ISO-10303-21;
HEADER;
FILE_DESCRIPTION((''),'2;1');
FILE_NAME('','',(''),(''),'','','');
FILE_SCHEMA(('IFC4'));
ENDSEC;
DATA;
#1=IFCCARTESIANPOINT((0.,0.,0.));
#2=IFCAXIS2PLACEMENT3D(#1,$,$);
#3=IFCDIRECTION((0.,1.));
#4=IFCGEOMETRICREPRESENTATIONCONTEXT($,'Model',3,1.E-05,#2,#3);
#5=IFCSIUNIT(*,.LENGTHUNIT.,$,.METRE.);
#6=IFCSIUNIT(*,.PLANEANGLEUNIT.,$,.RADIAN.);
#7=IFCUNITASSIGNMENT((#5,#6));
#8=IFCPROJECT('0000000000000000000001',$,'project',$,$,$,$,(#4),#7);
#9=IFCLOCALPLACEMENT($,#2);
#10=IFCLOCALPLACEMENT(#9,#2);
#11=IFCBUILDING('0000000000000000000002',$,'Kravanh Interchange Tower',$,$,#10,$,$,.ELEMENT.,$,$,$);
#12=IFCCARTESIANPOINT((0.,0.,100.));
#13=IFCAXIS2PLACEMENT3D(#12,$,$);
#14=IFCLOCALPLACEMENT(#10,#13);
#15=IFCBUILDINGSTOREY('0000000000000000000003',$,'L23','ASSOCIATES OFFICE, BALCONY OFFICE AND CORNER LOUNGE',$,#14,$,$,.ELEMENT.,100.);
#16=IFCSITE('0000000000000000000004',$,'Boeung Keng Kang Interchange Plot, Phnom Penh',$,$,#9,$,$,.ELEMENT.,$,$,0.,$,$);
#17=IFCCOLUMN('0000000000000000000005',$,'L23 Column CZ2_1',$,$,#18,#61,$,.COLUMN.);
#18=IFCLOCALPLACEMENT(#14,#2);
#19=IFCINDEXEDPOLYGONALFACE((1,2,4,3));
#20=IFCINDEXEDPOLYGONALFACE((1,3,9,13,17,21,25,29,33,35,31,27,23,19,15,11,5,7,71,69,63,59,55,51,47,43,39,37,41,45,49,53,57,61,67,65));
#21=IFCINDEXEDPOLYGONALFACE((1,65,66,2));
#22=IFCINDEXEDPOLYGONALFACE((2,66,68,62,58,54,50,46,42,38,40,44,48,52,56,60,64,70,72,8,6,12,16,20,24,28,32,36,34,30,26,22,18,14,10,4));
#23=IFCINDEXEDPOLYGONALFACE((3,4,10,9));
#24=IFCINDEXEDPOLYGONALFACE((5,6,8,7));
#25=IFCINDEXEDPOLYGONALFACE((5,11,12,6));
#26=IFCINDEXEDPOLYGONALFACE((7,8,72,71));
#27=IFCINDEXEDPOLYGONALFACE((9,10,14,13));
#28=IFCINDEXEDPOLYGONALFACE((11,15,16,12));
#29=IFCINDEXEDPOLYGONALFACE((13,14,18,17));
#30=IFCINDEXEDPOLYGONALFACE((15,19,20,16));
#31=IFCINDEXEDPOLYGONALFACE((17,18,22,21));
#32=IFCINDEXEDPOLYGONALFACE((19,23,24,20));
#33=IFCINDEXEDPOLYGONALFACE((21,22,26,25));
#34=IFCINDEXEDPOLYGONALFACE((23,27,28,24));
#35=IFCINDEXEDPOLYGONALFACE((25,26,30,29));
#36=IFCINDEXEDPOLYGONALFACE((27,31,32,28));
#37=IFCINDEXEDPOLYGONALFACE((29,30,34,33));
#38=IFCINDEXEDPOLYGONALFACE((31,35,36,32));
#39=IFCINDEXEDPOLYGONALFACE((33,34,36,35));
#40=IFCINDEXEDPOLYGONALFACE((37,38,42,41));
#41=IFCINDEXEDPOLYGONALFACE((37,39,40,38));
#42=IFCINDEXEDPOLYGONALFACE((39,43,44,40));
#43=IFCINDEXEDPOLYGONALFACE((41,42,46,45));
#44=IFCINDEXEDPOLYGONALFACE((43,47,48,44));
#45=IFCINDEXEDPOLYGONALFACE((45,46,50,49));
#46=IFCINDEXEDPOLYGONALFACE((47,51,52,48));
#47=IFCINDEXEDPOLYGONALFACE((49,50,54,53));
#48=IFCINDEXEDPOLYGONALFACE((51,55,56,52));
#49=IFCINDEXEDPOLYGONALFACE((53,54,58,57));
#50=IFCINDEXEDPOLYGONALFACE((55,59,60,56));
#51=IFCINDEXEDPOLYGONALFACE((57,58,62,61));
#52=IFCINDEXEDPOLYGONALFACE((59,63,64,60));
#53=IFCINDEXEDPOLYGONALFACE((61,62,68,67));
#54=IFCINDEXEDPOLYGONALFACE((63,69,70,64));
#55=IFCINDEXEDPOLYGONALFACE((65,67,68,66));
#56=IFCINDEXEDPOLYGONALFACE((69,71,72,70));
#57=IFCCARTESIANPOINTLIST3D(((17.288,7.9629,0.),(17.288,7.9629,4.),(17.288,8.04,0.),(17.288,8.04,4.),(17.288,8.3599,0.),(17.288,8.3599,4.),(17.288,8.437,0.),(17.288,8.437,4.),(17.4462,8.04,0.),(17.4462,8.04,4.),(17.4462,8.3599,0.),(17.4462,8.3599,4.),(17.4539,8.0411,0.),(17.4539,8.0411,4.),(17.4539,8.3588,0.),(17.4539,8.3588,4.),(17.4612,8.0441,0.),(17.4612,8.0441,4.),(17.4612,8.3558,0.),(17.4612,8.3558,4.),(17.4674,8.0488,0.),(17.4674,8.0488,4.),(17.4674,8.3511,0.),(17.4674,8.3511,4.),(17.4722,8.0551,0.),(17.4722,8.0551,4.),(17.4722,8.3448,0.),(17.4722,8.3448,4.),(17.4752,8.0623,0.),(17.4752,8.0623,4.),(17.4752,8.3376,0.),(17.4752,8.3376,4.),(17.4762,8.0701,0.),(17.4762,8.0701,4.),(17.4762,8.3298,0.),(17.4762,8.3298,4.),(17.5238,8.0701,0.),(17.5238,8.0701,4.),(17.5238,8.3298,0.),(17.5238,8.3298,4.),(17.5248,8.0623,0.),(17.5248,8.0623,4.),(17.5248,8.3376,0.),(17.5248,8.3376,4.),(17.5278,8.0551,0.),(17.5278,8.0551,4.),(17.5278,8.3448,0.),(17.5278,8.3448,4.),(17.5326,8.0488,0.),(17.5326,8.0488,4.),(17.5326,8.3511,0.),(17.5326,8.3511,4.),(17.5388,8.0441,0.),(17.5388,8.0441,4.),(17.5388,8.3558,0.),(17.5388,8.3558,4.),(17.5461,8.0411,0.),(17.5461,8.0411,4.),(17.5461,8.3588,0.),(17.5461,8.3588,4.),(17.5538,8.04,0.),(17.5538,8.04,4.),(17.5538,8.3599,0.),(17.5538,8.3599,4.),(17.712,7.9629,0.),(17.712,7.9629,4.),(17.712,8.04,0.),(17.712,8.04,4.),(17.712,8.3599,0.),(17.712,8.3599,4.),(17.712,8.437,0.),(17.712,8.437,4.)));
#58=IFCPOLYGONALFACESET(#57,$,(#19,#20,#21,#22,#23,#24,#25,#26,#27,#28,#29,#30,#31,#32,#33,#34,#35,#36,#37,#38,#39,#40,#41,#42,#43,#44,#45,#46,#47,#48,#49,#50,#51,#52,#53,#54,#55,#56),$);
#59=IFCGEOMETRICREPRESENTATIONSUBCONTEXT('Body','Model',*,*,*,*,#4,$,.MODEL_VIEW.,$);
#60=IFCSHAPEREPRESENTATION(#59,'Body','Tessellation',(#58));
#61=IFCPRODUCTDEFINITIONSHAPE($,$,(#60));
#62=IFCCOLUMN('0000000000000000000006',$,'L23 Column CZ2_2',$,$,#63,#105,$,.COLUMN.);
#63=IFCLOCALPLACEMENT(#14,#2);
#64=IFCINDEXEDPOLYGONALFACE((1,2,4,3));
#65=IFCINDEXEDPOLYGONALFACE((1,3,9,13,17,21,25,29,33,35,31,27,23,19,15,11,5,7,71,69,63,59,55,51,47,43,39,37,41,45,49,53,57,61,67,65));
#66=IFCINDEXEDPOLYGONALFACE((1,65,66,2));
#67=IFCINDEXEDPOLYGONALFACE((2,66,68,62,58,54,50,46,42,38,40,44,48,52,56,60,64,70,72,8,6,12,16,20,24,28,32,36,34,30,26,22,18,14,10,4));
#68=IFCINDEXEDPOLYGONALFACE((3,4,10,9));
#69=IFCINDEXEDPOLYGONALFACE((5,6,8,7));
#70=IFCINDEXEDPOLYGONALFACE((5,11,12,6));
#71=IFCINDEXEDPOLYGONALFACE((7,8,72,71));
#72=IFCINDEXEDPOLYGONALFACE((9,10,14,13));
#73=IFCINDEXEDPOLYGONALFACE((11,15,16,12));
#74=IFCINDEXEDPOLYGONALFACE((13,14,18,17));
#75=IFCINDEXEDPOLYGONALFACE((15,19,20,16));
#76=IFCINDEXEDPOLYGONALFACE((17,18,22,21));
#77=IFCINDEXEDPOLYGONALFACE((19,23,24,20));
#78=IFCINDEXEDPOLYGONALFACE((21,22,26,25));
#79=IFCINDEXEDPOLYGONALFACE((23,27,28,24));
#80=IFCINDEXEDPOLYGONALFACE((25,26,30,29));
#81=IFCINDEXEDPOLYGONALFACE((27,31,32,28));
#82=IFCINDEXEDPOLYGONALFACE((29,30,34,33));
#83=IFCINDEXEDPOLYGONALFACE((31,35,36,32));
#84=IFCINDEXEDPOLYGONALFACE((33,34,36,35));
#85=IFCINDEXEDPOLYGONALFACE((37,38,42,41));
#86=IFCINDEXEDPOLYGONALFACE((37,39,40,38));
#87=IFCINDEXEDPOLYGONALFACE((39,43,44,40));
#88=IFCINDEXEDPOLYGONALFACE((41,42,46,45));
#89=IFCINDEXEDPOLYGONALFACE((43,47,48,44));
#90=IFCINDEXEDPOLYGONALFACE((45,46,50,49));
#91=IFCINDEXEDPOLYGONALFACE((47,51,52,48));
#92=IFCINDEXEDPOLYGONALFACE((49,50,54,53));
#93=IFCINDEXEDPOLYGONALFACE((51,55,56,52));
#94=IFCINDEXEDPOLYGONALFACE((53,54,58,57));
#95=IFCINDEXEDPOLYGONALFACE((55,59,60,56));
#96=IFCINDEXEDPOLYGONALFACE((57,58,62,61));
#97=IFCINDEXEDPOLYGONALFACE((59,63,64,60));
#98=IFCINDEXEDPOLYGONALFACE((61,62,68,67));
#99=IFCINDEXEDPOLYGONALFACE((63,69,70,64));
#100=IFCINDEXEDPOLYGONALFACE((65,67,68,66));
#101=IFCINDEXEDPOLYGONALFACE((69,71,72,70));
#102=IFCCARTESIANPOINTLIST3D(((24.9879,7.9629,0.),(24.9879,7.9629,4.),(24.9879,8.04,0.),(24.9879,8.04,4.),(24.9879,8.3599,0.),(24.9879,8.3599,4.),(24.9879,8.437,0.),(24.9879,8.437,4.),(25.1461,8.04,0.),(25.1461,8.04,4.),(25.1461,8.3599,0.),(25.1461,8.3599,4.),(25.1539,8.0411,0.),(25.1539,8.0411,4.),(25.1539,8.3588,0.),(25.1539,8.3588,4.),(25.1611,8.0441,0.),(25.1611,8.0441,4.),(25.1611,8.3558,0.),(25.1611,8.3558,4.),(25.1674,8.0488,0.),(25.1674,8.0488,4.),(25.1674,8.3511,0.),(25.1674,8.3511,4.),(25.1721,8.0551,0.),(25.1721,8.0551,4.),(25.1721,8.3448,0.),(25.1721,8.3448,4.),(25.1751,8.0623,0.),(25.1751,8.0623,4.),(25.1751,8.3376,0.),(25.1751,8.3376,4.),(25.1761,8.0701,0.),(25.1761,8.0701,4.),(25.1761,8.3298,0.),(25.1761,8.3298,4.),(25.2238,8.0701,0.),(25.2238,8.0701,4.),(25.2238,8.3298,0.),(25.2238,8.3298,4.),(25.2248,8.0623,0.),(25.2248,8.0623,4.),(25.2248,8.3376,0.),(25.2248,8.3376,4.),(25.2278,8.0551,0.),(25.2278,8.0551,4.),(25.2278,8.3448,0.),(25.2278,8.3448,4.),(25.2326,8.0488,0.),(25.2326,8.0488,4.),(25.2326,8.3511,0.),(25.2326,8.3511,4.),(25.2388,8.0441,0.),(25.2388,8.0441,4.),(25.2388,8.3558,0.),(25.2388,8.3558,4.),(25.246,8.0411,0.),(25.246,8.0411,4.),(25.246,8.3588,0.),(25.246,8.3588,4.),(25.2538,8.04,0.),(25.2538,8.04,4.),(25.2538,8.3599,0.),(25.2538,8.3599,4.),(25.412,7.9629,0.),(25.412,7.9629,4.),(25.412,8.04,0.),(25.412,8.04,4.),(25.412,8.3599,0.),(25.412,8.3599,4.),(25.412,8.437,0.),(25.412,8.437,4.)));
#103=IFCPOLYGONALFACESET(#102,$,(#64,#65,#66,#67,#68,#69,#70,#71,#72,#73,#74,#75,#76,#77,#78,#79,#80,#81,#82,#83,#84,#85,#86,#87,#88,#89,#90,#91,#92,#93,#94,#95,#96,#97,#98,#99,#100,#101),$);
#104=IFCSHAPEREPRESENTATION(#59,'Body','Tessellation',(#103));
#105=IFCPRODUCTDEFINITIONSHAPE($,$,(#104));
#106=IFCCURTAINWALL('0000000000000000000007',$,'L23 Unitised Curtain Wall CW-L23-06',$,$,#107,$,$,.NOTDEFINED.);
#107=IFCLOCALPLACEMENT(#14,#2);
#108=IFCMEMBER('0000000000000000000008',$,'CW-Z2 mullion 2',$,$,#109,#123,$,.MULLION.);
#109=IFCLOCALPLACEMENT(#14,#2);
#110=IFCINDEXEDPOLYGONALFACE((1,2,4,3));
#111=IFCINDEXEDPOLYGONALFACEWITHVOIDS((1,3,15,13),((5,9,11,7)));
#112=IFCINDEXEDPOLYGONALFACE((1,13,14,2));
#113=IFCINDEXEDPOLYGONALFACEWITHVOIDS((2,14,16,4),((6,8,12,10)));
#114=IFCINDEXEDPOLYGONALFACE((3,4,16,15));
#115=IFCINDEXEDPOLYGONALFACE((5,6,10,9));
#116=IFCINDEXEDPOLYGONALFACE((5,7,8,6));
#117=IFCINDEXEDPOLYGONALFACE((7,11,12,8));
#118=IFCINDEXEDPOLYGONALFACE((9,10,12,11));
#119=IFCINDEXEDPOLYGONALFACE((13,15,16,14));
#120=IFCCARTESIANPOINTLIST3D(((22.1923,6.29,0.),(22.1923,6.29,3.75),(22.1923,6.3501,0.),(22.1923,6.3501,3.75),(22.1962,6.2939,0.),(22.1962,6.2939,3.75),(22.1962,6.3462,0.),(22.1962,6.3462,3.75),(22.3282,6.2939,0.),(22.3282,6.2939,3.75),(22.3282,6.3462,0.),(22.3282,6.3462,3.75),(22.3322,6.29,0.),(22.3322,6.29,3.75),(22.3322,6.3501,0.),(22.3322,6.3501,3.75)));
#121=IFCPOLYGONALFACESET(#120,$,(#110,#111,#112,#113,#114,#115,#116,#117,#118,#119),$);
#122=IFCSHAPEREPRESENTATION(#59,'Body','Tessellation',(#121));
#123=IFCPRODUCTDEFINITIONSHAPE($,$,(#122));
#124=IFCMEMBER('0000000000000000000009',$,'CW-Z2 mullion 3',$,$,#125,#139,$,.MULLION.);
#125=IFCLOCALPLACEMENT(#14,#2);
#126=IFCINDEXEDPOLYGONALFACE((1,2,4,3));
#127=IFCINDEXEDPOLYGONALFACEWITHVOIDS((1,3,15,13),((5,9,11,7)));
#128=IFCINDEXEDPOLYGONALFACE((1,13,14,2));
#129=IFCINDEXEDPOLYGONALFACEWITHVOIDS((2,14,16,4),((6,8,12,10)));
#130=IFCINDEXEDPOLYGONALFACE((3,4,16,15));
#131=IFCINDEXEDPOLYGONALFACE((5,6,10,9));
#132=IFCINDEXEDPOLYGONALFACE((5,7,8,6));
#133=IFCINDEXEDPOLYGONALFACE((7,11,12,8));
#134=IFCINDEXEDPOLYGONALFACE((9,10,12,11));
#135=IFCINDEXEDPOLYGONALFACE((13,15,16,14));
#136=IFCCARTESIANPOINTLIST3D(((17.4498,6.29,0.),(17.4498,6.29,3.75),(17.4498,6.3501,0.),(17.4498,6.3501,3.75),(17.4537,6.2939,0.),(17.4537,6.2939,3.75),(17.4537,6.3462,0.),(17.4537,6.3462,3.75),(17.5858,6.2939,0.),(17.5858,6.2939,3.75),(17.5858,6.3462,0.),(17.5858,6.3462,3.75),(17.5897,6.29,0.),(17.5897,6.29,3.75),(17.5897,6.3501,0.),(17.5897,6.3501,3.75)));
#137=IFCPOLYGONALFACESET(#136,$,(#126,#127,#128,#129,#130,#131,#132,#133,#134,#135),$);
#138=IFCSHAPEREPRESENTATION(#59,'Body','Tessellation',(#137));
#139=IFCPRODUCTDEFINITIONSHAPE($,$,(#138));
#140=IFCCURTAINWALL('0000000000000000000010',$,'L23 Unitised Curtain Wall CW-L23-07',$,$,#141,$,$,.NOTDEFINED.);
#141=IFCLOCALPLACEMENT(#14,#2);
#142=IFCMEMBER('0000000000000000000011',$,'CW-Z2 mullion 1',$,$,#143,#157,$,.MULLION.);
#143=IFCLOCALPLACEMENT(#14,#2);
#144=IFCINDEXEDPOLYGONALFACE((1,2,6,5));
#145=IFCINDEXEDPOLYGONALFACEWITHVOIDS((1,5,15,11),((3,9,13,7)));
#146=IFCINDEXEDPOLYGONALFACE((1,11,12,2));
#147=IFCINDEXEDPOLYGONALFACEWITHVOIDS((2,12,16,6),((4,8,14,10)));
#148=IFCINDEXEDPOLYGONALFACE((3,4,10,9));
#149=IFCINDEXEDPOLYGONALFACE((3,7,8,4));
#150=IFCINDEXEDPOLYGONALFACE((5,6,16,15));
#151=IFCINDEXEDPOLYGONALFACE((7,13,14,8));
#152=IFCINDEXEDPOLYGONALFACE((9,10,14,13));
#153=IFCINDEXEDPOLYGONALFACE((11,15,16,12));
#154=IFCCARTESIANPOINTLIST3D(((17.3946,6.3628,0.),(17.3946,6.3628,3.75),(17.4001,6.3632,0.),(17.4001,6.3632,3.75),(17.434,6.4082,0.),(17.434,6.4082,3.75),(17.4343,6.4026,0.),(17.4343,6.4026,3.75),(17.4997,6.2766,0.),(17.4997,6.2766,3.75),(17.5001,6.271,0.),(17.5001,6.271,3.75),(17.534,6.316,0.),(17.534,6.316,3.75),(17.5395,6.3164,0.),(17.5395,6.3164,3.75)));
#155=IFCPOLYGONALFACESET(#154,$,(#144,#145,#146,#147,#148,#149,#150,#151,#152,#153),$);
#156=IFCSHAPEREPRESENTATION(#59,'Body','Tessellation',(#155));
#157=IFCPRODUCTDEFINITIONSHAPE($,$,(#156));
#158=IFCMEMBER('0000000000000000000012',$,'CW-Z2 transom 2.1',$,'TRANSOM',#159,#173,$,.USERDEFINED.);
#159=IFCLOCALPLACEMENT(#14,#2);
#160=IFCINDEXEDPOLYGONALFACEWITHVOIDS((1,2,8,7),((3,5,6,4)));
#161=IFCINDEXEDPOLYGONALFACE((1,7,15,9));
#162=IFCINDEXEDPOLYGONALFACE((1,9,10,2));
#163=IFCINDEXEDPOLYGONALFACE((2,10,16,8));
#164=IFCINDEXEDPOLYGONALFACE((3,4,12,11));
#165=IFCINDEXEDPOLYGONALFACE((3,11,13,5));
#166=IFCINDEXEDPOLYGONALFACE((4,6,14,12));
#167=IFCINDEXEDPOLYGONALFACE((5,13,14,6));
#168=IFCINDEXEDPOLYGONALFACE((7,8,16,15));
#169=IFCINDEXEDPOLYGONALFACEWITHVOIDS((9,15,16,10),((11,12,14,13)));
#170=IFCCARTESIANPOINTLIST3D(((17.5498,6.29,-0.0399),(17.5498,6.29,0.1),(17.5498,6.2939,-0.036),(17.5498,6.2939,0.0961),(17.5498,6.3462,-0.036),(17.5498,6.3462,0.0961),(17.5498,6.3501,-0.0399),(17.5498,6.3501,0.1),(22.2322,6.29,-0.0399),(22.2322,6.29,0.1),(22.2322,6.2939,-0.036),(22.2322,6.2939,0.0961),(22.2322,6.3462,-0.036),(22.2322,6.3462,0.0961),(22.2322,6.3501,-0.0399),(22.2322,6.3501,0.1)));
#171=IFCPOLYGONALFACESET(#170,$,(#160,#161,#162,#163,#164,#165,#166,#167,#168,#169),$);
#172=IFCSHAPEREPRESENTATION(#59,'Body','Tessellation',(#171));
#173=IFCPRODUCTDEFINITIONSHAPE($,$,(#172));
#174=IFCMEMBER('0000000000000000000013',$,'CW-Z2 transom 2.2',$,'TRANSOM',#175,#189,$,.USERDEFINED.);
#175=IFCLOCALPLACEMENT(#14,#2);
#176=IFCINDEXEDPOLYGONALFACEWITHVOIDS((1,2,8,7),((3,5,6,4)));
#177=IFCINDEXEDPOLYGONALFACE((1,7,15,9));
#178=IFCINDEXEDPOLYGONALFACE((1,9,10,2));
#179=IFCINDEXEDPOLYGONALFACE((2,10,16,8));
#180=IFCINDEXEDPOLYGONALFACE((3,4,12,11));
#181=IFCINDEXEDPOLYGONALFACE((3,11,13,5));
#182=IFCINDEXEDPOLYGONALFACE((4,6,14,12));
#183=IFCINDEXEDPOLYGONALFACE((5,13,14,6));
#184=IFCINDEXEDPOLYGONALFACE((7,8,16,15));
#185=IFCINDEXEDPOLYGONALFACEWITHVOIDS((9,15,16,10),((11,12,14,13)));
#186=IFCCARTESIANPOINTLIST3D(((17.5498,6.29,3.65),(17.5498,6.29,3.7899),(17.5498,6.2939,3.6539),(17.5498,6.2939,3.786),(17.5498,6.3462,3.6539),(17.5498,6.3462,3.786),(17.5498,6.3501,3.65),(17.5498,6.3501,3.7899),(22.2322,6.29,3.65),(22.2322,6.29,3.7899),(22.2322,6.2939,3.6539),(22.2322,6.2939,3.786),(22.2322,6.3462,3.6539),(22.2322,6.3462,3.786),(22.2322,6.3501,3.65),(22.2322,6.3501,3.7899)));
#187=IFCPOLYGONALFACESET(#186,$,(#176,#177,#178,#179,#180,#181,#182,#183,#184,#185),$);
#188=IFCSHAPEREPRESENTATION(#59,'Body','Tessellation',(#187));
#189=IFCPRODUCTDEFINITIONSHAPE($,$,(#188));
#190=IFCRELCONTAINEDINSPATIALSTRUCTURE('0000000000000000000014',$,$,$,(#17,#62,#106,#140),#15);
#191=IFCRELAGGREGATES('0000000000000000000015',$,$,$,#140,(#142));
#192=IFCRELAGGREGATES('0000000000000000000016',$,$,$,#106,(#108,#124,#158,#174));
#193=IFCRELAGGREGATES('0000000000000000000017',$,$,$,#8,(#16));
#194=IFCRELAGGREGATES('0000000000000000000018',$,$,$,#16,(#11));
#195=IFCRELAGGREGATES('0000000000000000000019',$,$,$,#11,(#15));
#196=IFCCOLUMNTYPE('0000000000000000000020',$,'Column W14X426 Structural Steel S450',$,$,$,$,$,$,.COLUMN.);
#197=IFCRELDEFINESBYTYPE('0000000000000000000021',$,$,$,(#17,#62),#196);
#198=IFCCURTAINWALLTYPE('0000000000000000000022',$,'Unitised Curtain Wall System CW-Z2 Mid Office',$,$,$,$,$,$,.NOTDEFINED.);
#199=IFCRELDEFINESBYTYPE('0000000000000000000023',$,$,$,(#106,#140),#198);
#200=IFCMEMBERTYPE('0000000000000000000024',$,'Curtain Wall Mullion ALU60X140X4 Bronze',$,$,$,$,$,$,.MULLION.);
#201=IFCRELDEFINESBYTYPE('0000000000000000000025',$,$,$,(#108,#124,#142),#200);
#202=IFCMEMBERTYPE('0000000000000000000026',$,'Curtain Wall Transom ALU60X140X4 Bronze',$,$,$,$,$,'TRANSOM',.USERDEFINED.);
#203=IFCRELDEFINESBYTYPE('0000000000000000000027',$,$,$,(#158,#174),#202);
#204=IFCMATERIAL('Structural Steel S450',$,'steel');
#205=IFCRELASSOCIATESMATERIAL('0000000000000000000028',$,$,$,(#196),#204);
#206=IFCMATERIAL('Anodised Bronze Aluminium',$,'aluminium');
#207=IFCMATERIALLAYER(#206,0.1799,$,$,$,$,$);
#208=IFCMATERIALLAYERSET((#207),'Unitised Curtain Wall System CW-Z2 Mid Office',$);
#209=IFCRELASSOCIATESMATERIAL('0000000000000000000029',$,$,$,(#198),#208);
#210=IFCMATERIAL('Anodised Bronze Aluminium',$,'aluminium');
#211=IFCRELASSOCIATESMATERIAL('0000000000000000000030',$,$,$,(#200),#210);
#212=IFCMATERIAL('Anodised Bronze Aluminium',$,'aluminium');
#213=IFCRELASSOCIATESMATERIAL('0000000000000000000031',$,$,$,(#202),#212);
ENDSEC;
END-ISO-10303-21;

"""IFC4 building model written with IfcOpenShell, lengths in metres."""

from ifc_helpers import new_model, si_unit, direction, frame, origin, origin_2d, place, context, subcontext, project, spatial, hollow_rectangle, i_section, extrude, material, layer, layer_set, material_profile, profile_set, type_object, element, aggregate, save


model = new_model("IFC4")

# Units and contexts
model_context = context("Model", 3, precision=1e-05, world=origin(), true_north=direction((0.0, 1.0)))
body_context = subcontext(model_context, "Body", "Model", "MODEL_VIEW")
ifc_project = project(units=[si_unit("LENGTHUNIT", "METRE"), si_unit("PLANEANGLEUNIT", "RADIAN")], contexts=[model_context])

# Site, building, storey
site_placement = place(None, origin())
site = spatial("IfcSite", under=ifc_project, at=site_placement, Name="Boeung Keng Kang Interchange Plot, Phnom Penh", CompositionType="ELEMENT", RefElevation=0.0)
building_placement = place(site_placement, origin())
building = spatial("IfcBuilding", under=site, at=building_placement, Name="Kravanh Interchange Tower", CompositionType="ELEMENT")
storey_placement = place(building_placement, frame((0.0, 0.0, 100.0)))
storey = spatial("IfcBuildingStorey", under=building, at=storey_placement, Name="L23", Description="ASSOCIATES OFFICE, BALCONY OFFICE AND CORNER LOUNGE", CompositionType="ELEMENT", Elevation=100.0)

# Columns
ifc_material_1 = material(Name="Structural Steel S450", Category="steel")
ifc_material_profile_1 = material_profile(ifc_material_1, i_section(OverallWidth=0.4241, OverallDepth=0.4741, WebThickness=0.0476, FlangeThickness=0.0771, FilletRadius=0.03, at=origin_2d()), Name="W14X426")
ifc_profile_set_1 = profile_set([ifc_material_profile_1], Name="Structural Steel S450")
column_type = type_object("IfcColumnType", Name="Column W14X426 Structural Steel S450", PredefinedType="COLUMN", material=ifc_profile_set_1)
for number, where, z_axis, x_axis, name in (
    (1, (17.5, 8.2, 0.0), (0.0, 0.0, 1.0), (1.0, 0.0, 0.0), "L23 Column CZ2_1"),
    (2, (25.2, 8.2, 0.0), (0.0, 0.0, 1.0), (1.0, 0.0, 0.0), "L23 Column CZ2_2"),
):
    element("IfcColumn", number, at=place(storey_placement, frame(where, z_axis=z_axis, x_axis=x_axis)), inside=storey, type_object=column_type, Name=name, PredefinedType="COLUMN", context=body_context, shape_type="SweptSolid", body=[
        extrude(i_section(OverallWidth=0.4241, OverallDepth=0.4741, WebThickness=0.0476, FlangeThickness=0.0771, FilletRadius=0.03, at=origin_2d()), origin(), (0.0, 0.0, 1.0), 4.0),
    ])

# Curtain wall, members
ifc_material_2 = material(Name="Anodised Bronze Aluminium", Category="aluminium")
ifc_layer_1 = layer(ifc_material_2, 0.1799)
ifc_layer_set_1 = layer_set([ifc_layer_1], Name="Unitised Curtain Wall System CW-Z2 Mid Office")
curtain_wall_type = type_object("IfcCurtainWallType", Name="Unitised Curtain Wall System CW-Z2 Mid Office", PredefinedType="NOTDEFINED", material=ifc_layer_set_1)
curtain_wall_1_placement = place(storey_placement, origin())
curtain_wall_1 = element("IfcCurtainWall", 3, at=curtain_wall_1_placement, inside=storey, type_object=curtain_wall_type, Name="L23 Unitised Curtain Wall CW-L23-06", PredefinedType="NOTDEFINED")
ifc_material_3 = material(Name="Anodised Bronze Aluminium", Category="aluminium")
ifc_material_profile_2 = material_profile(ifc_material_3, hollow_rectangle(XDim=0.0601, YDim=0.1399, WallThickness=0.0039, at=origin_2d()), Name="ALU60X140X4")
ifc_profile_set_2 = profile_set([ifc_material_profile_2], Name="Anodised Bronze Aluminium")
member_type_1 = type_object("IfcMemberType", Name="Curtain Wall Mullion ALU60X140X4 Bronze", PredefinedType="MULLION", material=ifc_profile_set_2)
member_1_placement = place(storey_placement, frame((22.2622, 6.3201, 0.0), z_axis=(0.0, 0.0, 1.0), x_axis=(0.0, -1.0, 0.0)))
member_1 = element("IfcMember", 4, at=member_1_placement, type_object=member_type_1, Name="CW-Z2 mullion 2", PredefinedType="MULLION", context=body_context, shape_type="SweptSolid", body=[
    extrude(hollow_rectangle(XDim=0.0601, YDim=0.1399, WallThickness=0.0039, at=origin_2d()), origin(), (0.0, 0.0, 1.0), 3.75),
])
member_2_placement = place(storey_placement, frame((17.5198, 6.3201, 0.0), z_axis=(0.0, 0.0, 1.0), x_axis=(0.0, -1.0, 0.0)))
member_2 = element("IfcMember", 5, at=member_2_placement, type_object=member_type_1, Name="CW-Z2 mullion 3", PredefinedType="MULLION", context=body_context, shape_type="SweptSolid", body=[
    extrude(hollow_rectangle(XDim=0.0601, YDim=0.1399, WallThickness=0.0039, at=origin_2d()), origin(), (0.0, 0.0, 1.0), 3.75),
])

# Curtain wall, member
curtain_wall_2_placement = place(storey_placement, origin())
curtain_wall_2 = element("IfcCurtainWall", 6, at=curtain_wall_2_placement, inside=storey, type_object=curtain_wall_type, Name="L23 Unitised Curtain Wall CW-L23-07", PredefinedType="NOTDEFINED")
member_3_placement = place(storey_placement, frame((17.467, 6.3396, 0.0), z_axis=(0.0, 0.0, 1.0), x_axis=(-0.656048, -0.754719, 0.0)))
member_3 = element("IfcMember", 7, at=member_3_placement, type_object=member_type_1, Name="CW-Z2 mullion 1", PredefinedType="MULLION", context=body_context, shape_type="SweptSolid", body=[
    extrude(hollow_rectangle(XDim=0.0601, YDim=0.1399, WallThickness=0.0039, at=origin_2d()), origin(), (0.0, 0.0, 1.0), 3.75),
])
aggregate(curtain_wall_2, [member_3])

# Members
ifc_material_4 = material(Name="Anodised Bronze Aluminium", Category="aluminium")
ifc_material_profile_3 = material_profile(ifc_material_4, hollow_rectangle(XDim=0.0601, YDim=0.1399, WallThickness=0.0039, at=origin_2d()), Name="ALU60X140X4")
ifc_profile_set_3 = profile_set([ifc_material_profile_3], Name="Anodised Bronze Aluminium")
member_type_2 = type_object("IfcMemberType", Name="Curtain Wall Transom ALU60X140X4 Bronze", ElementType="TRANSOM", PredefinedType="USERDEFINED", material=ifc_profile_set_3)
member_4_placement = place(storey_placement, frame((22.2322, 6.3201, 0.03), z_axis=(-1.0, 0.0, 0.0), x_axis=(0.0, -1.0, 0.0)))
member_4 = element("IfcMember", 8, at=member_4_placement, type_object=member_type_2, Name="CW-Z2 transom 2.1", ObjectType="TRANSOM", PredefinedType="USERDEFINED", context=body_context, shape_type="SweptSolid", body=[
    extrude(hollow_rectangle(XDim=0.0601, YDim=0.1399, WallThickness=0.0039, at=origin_2d()), origin(), (0.0, 0.0, 1.0), 4.6824),
])
member_5_placement = place(storey_placement, frame((22.2322, 6.3201, 3.72), z_axis=(-1.0, 0.0, 0.0), x_axis=(0.0, -1.0, 0.0)))
member_5 = element("IfcMember", 9, at=member_5_placement, type_object=member_type_2, Name="CW-Z2 transom 2.2", ObjectType="TRANSOM", PredefinedType="USERDEFINED", context=body_context, shape_type="SweptSolid", body=[
    extrude(hollow_rectangle(XDim=0.0601, YDim=0.1399, WallThickness=0.0039, at=origin_2d()), origin(), (0.0, 0.0, 1.0), 4.6824),
])

aggregate(curtain_wall_1, [member_1, member_2, member_4, member_5])

save(model, "model.ifc")
